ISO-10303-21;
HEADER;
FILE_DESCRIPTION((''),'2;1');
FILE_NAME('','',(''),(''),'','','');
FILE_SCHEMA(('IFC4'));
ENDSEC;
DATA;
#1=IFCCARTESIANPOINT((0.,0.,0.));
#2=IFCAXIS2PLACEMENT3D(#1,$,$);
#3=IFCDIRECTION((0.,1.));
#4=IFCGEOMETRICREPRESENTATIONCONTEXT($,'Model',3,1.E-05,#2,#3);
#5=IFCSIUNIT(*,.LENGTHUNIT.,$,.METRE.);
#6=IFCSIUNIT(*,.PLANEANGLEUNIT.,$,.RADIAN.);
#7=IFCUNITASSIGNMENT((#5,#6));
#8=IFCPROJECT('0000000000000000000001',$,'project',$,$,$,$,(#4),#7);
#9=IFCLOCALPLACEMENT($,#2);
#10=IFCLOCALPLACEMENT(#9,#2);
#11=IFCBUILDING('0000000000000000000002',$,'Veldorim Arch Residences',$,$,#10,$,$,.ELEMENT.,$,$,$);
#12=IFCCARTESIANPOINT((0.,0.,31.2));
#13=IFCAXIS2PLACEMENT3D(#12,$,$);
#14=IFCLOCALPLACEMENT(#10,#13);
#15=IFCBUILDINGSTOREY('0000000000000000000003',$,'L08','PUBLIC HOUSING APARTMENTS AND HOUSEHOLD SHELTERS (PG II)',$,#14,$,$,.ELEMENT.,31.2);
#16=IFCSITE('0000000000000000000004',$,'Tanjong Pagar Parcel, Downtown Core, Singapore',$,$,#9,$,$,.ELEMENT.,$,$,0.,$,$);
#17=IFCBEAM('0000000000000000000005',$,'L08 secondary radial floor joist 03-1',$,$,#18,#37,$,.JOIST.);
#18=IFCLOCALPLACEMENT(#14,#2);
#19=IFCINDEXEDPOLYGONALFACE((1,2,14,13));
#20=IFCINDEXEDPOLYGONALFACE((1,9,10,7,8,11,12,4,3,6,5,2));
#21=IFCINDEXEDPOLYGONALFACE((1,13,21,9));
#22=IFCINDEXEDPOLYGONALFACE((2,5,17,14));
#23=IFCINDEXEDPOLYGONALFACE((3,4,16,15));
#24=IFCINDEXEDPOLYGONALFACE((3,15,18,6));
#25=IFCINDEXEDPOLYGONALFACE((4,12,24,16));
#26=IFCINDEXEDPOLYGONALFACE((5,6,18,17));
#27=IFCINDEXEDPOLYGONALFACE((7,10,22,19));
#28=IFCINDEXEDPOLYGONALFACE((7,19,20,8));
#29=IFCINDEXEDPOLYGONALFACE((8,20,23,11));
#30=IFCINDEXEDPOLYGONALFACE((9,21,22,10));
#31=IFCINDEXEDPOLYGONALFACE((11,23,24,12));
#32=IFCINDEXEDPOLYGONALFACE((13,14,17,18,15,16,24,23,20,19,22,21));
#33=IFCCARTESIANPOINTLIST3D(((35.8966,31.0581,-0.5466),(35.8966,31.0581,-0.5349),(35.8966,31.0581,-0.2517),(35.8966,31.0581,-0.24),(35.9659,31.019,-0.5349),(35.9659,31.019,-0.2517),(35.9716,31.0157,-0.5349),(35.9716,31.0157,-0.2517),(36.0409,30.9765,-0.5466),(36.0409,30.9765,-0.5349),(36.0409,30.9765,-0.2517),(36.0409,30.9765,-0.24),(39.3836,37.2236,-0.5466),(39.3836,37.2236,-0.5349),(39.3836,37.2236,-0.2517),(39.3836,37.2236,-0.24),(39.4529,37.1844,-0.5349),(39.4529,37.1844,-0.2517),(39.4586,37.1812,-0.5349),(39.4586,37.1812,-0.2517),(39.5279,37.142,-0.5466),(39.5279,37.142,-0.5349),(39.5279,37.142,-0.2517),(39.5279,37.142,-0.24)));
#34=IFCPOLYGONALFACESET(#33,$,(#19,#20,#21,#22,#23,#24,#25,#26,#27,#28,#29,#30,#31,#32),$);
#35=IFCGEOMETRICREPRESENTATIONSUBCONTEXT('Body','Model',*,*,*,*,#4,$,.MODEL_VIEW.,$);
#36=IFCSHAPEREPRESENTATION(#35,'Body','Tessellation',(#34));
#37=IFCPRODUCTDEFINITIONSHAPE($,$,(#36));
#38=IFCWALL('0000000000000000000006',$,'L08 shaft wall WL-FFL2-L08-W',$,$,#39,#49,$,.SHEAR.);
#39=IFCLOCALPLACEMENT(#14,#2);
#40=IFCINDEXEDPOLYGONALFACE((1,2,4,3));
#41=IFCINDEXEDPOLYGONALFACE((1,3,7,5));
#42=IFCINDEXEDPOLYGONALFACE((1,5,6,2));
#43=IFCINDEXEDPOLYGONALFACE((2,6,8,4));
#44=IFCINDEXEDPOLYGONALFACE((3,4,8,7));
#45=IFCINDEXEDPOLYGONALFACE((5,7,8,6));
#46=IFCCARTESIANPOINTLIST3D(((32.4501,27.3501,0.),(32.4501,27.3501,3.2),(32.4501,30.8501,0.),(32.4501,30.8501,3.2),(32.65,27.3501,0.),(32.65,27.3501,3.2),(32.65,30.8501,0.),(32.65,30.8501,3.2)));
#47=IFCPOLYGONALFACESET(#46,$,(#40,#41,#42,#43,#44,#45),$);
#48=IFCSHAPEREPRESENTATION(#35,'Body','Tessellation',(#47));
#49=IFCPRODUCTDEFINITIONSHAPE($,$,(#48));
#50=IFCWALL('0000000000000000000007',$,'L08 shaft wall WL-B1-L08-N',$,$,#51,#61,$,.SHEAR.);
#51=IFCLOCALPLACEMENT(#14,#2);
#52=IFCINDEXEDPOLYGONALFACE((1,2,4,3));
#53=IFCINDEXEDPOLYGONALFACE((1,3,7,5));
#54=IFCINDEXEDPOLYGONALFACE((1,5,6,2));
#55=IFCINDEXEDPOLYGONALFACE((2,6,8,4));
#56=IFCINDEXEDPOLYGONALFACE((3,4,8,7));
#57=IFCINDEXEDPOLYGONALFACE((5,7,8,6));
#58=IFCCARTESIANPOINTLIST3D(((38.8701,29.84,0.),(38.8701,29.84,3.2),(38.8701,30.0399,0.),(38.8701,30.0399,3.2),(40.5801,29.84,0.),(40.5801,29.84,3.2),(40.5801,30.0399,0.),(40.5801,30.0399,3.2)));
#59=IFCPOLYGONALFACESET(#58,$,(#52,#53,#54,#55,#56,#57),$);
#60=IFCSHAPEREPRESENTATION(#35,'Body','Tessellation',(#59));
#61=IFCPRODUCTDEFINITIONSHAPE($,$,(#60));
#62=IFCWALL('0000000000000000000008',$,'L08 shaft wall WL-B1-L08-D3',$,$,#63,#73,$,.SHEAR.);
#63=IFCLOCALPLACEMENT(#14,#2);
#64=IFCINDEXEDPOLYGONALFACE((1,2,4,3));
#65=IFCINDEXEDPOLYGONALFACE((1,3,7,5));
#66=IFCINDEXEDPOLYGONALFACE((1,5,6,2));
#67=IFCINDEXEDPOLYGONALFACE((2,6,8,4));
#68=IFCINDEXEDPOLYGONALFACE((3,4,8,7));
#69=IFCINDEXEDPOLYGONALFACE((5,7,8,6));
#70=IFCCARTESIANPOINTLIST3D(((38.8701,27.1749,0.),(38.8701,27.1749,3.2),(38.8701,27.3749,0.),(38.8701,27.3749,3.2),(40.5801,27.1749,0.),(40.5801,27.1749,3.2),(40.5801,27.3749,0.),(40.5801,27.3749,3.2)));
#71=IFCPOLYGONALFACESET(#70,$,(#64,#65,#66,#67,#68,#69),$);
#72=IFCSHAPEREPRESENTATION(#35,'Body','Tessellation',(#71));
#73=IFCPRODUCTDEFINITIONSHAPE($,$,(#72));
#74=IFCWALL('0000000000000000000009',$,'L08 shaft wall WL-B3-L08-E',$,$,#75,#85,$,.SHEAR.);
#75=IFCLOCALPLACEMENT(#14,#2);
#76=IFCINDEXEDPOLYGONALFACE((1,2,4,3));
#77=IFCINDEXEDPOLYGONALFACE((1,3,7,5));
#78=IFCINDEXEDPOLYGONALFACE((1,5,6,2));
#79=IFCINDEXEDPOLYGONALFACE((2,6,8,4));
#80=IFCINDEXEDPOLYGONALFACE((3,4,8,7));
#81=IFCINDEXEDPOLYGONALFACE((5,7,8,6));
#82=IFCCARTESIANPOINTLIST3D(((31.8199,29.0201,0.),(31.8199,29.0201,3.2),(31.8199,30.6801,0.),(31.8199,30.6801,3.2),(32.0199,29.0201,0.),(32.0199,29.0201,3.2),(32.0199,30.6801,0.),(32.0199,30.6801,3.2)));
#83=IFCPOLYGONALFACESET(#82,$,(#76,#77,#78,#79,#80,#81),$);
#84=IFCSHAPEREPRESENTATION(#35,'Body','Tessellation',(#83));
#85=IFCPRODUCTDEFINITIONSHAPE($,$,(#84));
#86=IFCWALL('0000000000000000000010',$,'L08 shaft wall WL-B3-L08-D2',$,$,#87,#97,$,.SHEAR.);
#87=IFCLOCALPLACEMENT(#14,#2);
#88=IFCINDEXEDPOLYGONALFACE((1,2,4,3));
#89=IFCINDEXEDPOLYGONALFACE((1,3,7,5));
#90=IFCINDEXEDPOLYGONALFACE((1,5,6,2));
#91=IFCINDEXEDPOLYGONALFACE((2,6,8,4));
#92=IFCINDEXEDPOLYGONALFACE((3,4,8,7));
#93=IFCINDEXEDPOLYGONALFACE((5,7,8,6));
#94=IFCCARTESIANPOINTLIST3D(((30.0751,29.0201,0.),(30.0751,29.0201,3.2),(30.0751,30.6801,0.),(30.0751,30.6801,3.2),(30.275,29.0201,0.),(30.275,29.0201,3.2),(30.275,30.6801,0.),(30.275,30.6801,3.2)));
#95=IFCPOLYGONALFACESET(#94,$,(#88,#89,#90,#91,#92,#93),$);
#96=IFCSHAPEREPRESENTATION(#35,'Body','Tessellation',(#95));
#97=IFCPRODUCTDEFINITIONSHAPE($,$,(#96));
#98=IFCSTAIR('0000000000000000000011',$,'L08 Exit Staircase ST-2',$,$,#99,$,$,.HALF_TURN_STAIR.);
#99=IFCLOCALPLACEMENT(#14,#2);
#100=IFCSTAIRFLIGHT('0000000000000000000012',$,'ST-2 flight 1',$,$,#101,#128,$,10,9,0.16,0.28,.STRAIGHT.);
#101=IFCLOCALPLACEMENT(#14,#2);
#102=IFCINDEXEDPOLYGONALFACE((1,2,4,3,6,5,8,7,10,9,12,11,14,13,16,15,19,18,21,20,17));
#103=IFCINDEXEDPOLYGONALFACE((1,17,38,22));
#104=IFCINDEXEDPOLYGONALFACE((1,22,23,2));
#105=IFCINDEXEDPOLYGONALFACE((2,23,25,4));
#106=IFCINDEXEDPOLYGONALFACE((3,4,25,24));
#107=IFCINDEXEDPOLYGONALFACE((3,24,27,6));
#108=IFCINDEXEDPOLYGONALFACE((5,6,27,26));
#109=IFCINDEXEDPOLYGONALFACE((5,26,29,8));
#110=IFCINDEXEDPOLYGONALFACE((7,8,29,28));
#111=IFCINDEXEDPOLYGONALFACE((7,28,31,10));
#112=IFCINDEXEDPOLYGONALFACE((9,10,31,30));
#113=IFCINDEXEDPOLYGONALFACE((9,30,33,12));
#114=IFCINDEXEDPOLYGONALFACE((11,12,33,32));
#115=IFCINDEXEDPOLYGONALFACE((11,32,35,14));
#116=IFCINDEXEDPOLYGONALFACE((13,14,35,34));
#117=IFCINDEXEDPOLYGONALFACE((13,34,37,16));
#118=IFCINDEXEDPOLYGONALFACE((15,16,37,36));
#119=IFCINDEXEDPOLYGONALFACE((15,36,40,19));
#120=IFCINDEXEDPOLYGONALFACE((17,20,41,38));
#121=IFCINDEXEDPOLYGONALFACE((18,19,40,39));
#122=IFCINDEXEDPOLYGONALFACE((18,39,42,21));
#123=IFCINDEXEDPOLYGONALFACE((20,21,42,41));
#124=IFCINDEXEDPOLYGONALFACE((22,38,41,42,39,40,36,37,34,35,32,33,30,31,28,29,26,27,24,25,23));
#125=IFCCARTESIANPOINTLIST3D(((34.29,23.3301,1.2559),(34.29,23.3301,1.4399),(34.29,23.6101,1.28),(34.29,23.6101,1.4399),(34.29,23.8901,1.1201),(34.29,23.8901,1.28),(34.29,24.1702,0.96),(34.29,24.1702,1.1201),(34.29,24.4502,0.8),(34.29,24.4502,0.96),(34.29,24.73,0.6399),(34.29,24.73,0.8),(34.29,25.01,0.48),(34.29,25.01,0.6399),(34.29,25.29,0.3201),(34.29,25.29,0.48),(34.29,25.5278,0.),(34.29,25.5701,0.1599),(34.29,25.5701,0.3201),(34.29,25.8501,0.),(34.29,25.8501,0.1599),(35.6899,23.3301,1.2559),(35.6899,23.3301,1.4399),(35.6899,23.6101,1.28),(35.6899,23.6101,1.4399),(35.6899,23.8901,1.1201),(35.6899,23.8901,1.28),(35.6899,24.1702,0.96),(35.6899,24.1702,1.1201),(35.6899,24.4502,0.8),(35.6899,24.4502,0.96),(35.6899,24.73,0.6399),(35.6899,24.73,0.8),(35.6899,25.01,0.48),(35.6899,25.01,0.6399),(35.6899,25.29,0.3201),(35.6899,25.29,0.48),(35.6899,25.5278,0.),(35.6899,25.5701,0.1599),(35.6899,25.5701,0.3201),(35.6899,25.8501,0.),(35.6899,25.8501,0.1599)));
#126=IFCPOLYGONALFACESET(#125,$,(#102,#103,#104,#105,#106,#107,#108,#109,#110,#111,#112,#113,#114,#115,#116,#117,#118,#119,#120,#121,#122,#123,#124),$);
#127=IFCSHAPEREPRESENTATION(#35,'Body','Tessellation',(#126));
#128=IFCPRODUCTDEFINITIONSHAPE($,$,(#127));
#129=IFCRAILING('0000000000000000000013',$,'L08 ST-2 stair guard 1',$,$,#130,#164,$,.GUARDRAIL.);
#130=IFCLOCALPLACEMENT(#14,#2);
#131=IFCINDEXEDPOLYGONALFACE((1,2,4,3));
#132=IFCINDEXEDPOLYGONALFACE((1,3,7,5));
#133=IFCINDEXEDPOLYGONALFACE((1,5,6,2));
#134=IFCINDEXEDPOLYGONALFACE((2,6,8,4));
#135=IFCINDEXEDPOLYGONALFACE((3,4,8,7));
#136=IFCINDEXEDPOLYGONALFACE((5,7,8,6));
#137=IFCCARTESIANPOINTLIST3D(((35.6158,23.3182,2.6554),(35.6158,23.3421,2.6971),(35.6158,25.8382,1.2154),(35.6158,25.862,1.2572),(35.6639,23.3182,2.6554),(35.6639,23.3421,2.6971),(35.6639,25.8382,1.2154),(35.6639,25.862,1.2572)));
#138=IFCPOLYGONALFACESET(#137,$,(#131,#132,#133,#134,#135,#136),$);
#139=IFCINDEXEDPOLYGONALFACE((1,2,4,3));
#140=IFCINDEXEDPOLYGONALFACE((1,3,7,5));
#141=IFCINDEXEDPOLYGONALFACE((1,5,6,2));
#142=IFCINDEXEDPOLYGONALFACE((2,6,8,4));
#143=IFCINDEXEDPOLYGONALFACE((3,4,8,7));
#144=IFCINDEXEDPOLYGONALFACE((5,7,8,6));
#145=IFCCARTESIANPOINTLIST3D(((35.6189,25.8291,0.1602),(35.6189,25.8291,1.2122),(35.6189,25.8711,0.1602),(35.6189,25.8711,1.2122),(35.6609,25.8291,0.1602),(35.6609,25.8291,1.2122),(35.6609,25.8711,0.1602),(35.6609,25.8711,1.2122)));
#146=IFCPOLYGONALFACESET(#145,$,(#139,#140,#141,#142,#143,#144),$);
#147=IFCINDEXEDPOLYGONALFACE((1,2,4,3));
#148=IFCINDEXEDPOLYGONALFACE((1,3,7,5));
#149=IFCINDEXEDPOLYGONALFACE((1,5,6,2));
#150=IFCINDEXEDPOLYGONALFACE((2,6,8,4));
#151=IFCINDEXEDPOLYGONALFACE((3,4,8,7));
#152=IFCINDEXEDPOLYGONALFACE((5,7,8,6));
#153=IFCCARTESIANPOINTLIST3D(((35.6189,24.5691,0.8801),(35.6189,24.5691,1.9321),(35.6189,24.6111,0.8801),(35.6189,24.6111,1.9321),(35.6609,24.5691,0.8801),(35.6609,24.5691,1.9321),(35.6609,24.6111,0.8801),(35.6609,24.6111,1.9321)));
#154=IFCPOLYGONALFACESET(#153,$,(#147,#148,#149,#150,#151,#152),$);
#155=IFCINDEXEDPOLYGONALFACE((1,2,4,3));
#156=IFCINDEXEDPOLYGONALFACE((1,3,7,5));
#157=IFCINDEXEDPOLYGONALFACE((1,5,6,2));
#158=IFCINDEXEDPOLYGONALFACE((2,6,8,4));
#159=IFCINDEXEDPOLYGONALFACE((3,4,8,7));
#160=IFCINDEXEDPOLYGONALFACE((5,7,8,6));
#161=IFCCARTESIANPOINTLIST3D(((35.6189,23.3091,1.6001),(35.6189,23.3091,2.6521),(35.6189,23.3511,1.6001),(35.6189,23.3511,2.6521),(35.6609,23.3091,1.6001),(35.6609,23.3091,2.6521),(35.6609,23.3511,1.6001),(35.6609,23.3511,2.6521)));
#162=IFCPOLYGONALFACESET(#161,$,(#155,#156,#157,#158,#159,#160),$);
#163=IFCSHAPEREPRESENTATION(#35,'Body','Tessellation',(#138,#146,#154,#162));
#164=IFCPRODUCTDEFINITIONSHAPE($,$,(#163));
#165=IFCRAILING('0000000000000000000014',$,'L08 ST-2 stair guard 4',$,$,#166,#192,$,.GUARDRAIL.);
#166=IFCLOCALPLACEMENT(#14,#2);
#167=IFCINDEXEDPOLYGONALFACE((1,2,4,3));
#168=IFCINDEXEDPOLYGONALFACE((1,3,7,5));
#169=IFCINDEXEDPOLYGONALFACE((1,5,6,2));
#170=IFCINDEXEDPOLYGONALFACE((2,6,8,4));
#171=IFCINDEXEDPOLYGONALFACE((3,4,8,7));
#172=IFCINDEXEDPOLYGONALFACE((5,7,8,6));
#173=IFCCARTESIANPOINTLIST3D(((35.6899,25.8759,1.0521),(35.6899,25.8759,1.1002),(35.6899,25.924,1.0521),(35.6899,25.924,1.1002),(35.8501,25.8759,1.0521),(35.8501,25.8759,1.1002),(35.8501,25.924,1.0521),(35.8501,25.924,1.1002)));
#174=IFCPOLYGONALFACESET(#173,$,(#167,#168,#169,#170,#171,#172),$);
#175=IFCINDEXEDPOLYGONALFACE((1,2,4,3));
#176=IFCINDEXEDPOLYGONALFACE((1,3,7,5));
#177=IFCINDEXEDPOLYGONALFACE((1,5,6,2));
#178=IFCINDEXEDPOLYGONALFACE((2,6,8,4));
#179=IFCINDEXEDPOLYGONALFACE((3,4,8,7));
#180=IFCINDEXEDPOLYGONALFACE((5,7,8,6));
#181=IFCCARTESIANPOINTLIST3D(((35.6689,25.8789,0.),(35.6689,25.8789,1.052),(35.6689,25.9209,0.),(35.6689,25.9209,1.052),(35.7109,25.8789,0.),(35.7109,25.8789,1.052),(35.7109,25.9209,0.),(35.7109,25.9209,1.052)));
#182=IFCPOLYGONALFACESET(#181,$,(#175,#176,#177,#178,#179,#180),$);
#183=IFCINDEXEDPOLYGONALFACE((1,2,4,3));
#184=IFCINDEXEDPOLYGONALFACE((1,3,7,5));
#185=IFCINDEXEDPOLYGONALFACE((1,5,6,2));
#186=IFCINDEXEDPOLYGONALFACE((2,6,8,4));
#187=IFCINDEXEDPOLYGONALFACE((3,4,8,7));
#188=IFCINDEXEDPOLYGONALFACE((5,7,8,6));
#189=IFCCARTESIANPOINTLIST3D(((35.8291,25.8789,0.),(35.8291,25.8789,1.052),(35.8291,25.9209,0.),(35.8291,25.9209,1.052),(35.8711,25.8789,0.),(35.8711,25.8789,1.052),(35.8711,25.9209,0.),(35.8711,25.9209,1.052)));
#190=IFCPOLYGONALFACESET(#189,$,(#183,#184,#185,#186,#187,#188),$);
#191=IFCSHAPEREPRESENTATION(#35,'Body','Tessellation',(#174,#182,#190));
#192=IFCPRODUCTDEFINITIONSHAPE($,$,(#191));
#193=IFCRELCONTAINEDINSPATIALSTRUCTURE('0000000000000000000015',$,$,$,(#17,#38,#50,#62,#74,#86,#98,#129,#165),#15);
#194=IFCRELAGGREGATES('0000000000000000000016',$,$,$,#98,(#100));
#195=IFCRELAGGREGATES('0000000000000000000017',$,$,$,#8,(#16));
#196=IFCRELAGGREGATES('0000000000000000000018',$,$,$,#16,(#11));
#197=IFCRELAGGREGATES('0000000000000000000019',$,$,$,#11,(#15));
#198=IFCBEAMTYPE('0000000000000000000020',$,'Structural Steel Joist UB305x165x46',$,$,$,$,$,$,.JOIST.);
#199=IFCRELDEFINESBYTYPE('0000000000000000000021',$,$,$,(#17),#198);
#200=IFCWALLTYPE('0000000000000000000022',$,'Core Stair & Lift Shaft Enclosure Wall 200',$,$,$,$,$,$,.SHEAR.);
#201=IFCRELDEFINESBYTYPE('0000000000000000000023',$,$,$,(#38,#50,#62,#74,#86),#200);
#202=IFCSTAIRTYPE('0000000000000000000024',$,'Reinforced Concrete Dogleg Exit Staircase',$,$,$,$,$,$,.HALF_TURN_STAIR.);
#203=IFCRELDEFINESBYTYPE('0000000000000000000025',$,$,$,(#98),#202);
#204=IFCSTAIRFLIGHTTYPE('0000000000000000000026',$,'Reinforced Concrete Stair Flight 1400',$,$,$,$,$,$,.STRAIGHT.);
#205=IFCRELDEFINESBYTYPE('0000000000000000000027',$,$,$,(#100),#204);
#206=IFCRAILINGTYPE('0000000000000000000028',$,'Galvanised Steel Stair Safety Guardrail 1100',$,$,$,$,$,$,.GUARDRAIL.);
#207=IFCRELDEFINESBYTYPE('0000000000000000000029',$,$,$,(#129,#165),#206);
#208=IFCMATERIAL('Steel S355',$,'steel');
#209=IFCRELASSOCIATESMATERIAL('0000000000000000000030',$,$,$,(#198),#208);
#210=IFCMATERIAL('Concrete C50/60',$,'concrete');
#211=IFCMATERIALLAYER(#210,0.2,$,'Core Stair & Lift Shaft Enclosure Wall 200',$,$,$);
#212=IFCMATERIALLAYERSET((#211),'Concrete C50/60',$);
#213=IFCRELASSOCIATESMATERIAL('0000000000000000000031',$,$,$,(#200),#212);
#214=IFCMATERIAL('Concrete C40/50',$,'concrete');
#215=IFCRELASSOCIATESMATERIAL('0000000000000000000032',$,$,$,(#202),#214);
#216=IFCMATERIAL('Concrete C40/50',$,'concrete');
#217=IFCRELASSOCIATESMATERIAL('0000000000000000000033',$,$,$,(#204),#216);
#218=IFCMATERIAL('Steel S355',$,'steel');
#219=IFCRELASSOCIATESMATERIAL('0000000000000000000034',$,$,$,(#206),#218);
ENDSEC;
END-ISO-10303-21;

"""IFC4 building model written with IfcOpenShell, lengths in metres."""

from ifc_helpers import new_model, si_unit, direction, frame, frame_2d, origin, origin_2d, place, context, subcontext, project, spatial, polyline, rectangle, i_section, outline, extrude, material, layer, layer_set, material_profile, profile_set, type_object, element, aggregate, save


model = new_model("IFC4")

# Units and contexts
model_context = context("Model", 3, precision=1e-05, world=origin(), true_north=direction((0.0, 1.0)))
body_context = subcontext(model_context, "Body", "Model", "MODEL_VIEW")
ifc_project = project(units=[si_unit("LENGTHUNIT", "METRE"), si_unit("PLANEANGLEUNIT", "RADIAN")], contexts=[model_context])

# Site, building, storey
site_placement = place(None, origin())
site = spatial("IfcSite", under=ifc_project, at=site_placement, Name="Tanjong Pagar Parcel, Downtown Core, Singapore", CompositionType="ELEMENT", RefElevation=0.0)
building_placement = place(site_placement, origin())
building = spatial("IfcBuilding", under=site, at=building_placement, Name="Veldorim Arch Residences", CompositionType="ELEMENT")
storey_placement = place(building_placement, frame((0.0, 0.0, 31.2)))
storey = spatial("IfcBuildingStorey", under=building, at=storey_placement, Name="L08", Description="PUBLIC HOUSING APARTMENTS AND HOUSEHOLD SHELTERS (PG II)", CompositionType="ELEMENT", Elevation=31.2)

# Beam
ifc_material_1 = material(Name="Steel S355", Category="steel")
ifc_material_profile_1 = material_profile(ifc_material_1, i_section(OverallWidth=0.1658, OverallDepth=0.3066, WebThickness=0.0066, FlangeThickness=0.0117, at=origin_2d()), Name="UB305x165x46")
ifc_profile_set_1 = profile_set([ifc_material_profile_1], Name="Steel S355")
beam_type_1 = type_object("IfcBeamType", Name="Structural Steel Joist UB305x165x46", PredefinedType="JOIST", material=ifc_profile_set_1)
beam_1_placement = place(storey_placement, frame((35.9688, 31.0173, -0.3933), z_axis=(0.492292, 0.87043, 0.0), x_axis=(-0.87043, 0.492292, 0.0)))
element("IfcBeam", 1, at=beam_1_placement, inside=storey, type_object=beam_type_1, Name="L08 secondary radial floor joist 03-1", PredefinedType="JOIST", context=body_context, shape_type="SweptSolid", body=[
    extrude(i_section(OverallWidth=0.1658, OverallDepth=0.3066, WebThickness=0.0066, FlangeThickness=0.0117, at=origin_2d()), origin(), (0.0, 0.0, 1.0), 7.0833),
])

# Shared definitions
ifc_material_2 = material(Name="Concrete C50/60", Category="concrete")
ifc_layer = layer(ifc_material_2, 0.2, Name="Core Stair & Lift Shaft Enclosure Wall 200")
ifc_layer_set = layer_set([ifc_layer], Name="Concrete C50/60")
wall_type = type_object("IfcWallType", Name="Core Stair & Lift Shaft Enclosure Wall 200", PredefinedType="SHEAR", material=ifc_layer_set)

# Wall
wall_1_placement = place(storey_placement, frame((32.55, 27.3501, 0.0), z_axis=(0.0, 0.0, 1.0), x_axis=(0.0, 1.0, 0.0)))
element("IfcWall", 2, at=wall_1_placement, inside=storey, type_object=wall_type, Name="L08 shaft wall WL-FFL2-L08-W", PredefinedType="SHEAR", context=body_context, shape_type="SweptSolid", body=[
    extrude(rectangle(XDim=3.5, YDim=0.2, at=frame_2d((1.75, 0.0))), origin(), (0.0, 0.0, 1.0), 3.2),
])

# Walls
for number, where, z_axis, x_axis, name in (
    (3, (38.8701, 29.9399, 0.0), (0.0, 0.0, 1.0), (1.0, 0.0, 0.0), "L08 shaft wall WL-B1-L08-N"),
    (4, (38.8701, 27.2749, 0.0), (0.0, 0.0, 1.0), (1.0, 0.0, 0.0), "L08 shaft wall WL-B1-L08-D3"),
):
    element("IfcWall", number, at=place(storey_placement, frame(where, z_axis=z_axis, x_axis=x_axis)), inside=storey, type_object=wall_type, Name=name, PredefinedType="SHEAR", context=body_context, shape_type="SweptSolid", body=[
        extrude(rectangle(XDim=1.71, YDim=0.2, at=frame_2d((0.855, 0.0))), origin(), (0.0, 0.0, 1.0), 3.2),
    ])
for number, where, z_axis, x_axis, name in (
    (5, (31.9199, 29.02, 0.0), (0.0, 0.0, 1.0), (0.0, 1.0, 0.0), "L08 shaft wall WL-B3-L08-E"),
    (6, (30.175, 29.02, 0.0), (0.0, 0.0, 1.0), (0.0, 1.0, 0.0), "L08 shaft wall WL-B3-L08-D2"),
):
    element("IfcWall", number, at=place(storey_placement, frame(where, z_axis=z_axis, x_axis=x_axis)), inside=storey, type_object=wall_type, Name=name, PredefinedType="SHEAR", context=body_context, shape_type="SweptSolid", body=[
        extrude(rectangle(XDim=1.6599, YDim=0.2, at=frame_2d((0.8301, 0.0))), origin(), (0.0, 0.0, 1.0), 3.2),
    ])

# Stair, stair flight
ifc_material_3 = material(Name="Concrete C40/50", Category="concrete")
stair_type = type_object("IfcStairType", Name="Reinforced Concrete Dogleg Exit Staircase", PredefinedType="HALF_TURN_STAIR", material=ifc_material_3)
stair_placement = place(storey_placement, origin())
stair = element("IfcStair", 7, at=stair_placement, inside=storey, type_object=stair_type, Name="L08 Exit Staircase ST-2", PredefinedType="HALF_TURN_STAIR")
ifc_material_4 = material(Name="Concrete C40/50", Category="concrete")
stair_flight_type = type_object("IfcStairFlightType", Name="Reinforced Concrete Stair Flight 1400", PredefinedType="STRAIGHT", material=ifc_material_4)
stair_flight_placement = place(storey_placement, frame((34.99, 25.8501, 0.0), z_axis=(0.0, 0.0, 1.0), x_axis=(0.0, -1.0, 0.0)))
stair_flight = element("IfcStairFlight", 8, at=stair_flight_placement, type_object=stair_flight_type, Name="ST-2 flight 1", NumberOfRisers=10, NumberOfTreads=9, PredefinedType="STRAIGHT", RiserHeight=0.16, TreadLength=0.28, context=body_context, shape_type="SweptSolid", body=[
    extrude(outline(polyline([(0.0, 0.0), (0.0, 0.1599), (0.28, 0.1599), (0.28, 0.3201), (0.5601, 0.3201), (0.5601, 0.48), (0.8401, 0.48), (0.8401, 0.6399), (1.1201, 0.6399), (1.1201, 0.8), (1.3999, 0.8), (1.3999, 0.96), (1.6799, 0.96), (1.6799, 1.1201), (1.96, 1.1201), (1.96, 1.28), (2.24, 1.28), (2.24, 1.4399), (2.52, 1.4399), (2.52, 1.6001), (2.52, 1.2559), (0.3223, 0.0), (0.0, 0.0)])), frame((0.0, 0.7, 0.0), z_axis=(0.0, -1.0, 0.0), x_axis=(1.0, 0.0, 0.0)), (0.0, 0.0, 1.0), 1.3999),
])
aggregate(stair, [stair_flight])

# Railings
ifc_material_5 = material(Name="Steel S355", Category="steel")
railing_type_1 = type_object("IfcRailingType", Name="Galvanised Steel Stair Safety Guardrail 1100", PredefinedType="GUARDRAIL", material=ifc_material_5)
railing_1_placement = place(storey_placement, frame((35.6399, 25.8501, 0.1602)))
element("IfcRailing", 9, at=railing_1_placement, inside=storey, type_object=railing_type_1, Name="L08 ST-2 stair guard 1", PredefinedType="GUARDRAIL", context=body_context, shape_type="SweptSolid", body=[
    extrude(rectangle(XDim=0.0481, YDim=0.0481, at=origin_2d()), frame((0.0, 0.0, 1.0762), z_axis=(0.0, -0.868253, 0.496121), x_axis=(1.0, 0.0, 0.0)), (0.0, 0.0, 1.0), 2.9023),
    extrude(rectangle(XDim=0.042, YDim=0.042, at=origin_2d()), origin(), (0.0, 0.0, 1.0), 1.052),
    extrude(rectangle(XDim=0.042, YDim=0.042, at=origin_2d()), frame((0.0, -1.26, 0.72)), (0.0, 0.0, 1.0), 1.052),
    extrude(rectangle(XDim=0.042, YDim=0.042, at=origin_2d()), frame((0.0, -2.52, 1.4399)), (0.0, 0.0, 1.0), 1.052),
])
railing_2_placement = place(storey_placement, frame((35.6899, 25.8999, 0.0)))
element("IfcRailing", 10, at=railing_2_placement, inside=storey, type_object=railing_type_1, Name="L08 ST-2 stair guard 4", PredefinedType="GUARDRAIL", context=body_context, shape_type="SweptSolid", body=[
    extrude(rectangle(XDim=0.0481, YDim=0.0481, at=origin_2d()), frame((0.0, 0.0, 1.0762), z_axis=(1.0, 0.0, 0.0), x_axis=(0.0, 1.0, 0.0)), (0.0, 0.0, 1.0), 0.1602),
    extrude(rectangle(XDim=0.042, YDim=0.042, at=origin_2d()), origin(), (0.0, 0.0, 1.0), 1.052),
    extrude(rectangle(XDim=0.042, YDim=0.042, at=origin_2d()), frame((0.1602, 0.0, 0.0)), (0.0, 0.0, 1.0), 1.052),
])

save(model, "model.ifc")
